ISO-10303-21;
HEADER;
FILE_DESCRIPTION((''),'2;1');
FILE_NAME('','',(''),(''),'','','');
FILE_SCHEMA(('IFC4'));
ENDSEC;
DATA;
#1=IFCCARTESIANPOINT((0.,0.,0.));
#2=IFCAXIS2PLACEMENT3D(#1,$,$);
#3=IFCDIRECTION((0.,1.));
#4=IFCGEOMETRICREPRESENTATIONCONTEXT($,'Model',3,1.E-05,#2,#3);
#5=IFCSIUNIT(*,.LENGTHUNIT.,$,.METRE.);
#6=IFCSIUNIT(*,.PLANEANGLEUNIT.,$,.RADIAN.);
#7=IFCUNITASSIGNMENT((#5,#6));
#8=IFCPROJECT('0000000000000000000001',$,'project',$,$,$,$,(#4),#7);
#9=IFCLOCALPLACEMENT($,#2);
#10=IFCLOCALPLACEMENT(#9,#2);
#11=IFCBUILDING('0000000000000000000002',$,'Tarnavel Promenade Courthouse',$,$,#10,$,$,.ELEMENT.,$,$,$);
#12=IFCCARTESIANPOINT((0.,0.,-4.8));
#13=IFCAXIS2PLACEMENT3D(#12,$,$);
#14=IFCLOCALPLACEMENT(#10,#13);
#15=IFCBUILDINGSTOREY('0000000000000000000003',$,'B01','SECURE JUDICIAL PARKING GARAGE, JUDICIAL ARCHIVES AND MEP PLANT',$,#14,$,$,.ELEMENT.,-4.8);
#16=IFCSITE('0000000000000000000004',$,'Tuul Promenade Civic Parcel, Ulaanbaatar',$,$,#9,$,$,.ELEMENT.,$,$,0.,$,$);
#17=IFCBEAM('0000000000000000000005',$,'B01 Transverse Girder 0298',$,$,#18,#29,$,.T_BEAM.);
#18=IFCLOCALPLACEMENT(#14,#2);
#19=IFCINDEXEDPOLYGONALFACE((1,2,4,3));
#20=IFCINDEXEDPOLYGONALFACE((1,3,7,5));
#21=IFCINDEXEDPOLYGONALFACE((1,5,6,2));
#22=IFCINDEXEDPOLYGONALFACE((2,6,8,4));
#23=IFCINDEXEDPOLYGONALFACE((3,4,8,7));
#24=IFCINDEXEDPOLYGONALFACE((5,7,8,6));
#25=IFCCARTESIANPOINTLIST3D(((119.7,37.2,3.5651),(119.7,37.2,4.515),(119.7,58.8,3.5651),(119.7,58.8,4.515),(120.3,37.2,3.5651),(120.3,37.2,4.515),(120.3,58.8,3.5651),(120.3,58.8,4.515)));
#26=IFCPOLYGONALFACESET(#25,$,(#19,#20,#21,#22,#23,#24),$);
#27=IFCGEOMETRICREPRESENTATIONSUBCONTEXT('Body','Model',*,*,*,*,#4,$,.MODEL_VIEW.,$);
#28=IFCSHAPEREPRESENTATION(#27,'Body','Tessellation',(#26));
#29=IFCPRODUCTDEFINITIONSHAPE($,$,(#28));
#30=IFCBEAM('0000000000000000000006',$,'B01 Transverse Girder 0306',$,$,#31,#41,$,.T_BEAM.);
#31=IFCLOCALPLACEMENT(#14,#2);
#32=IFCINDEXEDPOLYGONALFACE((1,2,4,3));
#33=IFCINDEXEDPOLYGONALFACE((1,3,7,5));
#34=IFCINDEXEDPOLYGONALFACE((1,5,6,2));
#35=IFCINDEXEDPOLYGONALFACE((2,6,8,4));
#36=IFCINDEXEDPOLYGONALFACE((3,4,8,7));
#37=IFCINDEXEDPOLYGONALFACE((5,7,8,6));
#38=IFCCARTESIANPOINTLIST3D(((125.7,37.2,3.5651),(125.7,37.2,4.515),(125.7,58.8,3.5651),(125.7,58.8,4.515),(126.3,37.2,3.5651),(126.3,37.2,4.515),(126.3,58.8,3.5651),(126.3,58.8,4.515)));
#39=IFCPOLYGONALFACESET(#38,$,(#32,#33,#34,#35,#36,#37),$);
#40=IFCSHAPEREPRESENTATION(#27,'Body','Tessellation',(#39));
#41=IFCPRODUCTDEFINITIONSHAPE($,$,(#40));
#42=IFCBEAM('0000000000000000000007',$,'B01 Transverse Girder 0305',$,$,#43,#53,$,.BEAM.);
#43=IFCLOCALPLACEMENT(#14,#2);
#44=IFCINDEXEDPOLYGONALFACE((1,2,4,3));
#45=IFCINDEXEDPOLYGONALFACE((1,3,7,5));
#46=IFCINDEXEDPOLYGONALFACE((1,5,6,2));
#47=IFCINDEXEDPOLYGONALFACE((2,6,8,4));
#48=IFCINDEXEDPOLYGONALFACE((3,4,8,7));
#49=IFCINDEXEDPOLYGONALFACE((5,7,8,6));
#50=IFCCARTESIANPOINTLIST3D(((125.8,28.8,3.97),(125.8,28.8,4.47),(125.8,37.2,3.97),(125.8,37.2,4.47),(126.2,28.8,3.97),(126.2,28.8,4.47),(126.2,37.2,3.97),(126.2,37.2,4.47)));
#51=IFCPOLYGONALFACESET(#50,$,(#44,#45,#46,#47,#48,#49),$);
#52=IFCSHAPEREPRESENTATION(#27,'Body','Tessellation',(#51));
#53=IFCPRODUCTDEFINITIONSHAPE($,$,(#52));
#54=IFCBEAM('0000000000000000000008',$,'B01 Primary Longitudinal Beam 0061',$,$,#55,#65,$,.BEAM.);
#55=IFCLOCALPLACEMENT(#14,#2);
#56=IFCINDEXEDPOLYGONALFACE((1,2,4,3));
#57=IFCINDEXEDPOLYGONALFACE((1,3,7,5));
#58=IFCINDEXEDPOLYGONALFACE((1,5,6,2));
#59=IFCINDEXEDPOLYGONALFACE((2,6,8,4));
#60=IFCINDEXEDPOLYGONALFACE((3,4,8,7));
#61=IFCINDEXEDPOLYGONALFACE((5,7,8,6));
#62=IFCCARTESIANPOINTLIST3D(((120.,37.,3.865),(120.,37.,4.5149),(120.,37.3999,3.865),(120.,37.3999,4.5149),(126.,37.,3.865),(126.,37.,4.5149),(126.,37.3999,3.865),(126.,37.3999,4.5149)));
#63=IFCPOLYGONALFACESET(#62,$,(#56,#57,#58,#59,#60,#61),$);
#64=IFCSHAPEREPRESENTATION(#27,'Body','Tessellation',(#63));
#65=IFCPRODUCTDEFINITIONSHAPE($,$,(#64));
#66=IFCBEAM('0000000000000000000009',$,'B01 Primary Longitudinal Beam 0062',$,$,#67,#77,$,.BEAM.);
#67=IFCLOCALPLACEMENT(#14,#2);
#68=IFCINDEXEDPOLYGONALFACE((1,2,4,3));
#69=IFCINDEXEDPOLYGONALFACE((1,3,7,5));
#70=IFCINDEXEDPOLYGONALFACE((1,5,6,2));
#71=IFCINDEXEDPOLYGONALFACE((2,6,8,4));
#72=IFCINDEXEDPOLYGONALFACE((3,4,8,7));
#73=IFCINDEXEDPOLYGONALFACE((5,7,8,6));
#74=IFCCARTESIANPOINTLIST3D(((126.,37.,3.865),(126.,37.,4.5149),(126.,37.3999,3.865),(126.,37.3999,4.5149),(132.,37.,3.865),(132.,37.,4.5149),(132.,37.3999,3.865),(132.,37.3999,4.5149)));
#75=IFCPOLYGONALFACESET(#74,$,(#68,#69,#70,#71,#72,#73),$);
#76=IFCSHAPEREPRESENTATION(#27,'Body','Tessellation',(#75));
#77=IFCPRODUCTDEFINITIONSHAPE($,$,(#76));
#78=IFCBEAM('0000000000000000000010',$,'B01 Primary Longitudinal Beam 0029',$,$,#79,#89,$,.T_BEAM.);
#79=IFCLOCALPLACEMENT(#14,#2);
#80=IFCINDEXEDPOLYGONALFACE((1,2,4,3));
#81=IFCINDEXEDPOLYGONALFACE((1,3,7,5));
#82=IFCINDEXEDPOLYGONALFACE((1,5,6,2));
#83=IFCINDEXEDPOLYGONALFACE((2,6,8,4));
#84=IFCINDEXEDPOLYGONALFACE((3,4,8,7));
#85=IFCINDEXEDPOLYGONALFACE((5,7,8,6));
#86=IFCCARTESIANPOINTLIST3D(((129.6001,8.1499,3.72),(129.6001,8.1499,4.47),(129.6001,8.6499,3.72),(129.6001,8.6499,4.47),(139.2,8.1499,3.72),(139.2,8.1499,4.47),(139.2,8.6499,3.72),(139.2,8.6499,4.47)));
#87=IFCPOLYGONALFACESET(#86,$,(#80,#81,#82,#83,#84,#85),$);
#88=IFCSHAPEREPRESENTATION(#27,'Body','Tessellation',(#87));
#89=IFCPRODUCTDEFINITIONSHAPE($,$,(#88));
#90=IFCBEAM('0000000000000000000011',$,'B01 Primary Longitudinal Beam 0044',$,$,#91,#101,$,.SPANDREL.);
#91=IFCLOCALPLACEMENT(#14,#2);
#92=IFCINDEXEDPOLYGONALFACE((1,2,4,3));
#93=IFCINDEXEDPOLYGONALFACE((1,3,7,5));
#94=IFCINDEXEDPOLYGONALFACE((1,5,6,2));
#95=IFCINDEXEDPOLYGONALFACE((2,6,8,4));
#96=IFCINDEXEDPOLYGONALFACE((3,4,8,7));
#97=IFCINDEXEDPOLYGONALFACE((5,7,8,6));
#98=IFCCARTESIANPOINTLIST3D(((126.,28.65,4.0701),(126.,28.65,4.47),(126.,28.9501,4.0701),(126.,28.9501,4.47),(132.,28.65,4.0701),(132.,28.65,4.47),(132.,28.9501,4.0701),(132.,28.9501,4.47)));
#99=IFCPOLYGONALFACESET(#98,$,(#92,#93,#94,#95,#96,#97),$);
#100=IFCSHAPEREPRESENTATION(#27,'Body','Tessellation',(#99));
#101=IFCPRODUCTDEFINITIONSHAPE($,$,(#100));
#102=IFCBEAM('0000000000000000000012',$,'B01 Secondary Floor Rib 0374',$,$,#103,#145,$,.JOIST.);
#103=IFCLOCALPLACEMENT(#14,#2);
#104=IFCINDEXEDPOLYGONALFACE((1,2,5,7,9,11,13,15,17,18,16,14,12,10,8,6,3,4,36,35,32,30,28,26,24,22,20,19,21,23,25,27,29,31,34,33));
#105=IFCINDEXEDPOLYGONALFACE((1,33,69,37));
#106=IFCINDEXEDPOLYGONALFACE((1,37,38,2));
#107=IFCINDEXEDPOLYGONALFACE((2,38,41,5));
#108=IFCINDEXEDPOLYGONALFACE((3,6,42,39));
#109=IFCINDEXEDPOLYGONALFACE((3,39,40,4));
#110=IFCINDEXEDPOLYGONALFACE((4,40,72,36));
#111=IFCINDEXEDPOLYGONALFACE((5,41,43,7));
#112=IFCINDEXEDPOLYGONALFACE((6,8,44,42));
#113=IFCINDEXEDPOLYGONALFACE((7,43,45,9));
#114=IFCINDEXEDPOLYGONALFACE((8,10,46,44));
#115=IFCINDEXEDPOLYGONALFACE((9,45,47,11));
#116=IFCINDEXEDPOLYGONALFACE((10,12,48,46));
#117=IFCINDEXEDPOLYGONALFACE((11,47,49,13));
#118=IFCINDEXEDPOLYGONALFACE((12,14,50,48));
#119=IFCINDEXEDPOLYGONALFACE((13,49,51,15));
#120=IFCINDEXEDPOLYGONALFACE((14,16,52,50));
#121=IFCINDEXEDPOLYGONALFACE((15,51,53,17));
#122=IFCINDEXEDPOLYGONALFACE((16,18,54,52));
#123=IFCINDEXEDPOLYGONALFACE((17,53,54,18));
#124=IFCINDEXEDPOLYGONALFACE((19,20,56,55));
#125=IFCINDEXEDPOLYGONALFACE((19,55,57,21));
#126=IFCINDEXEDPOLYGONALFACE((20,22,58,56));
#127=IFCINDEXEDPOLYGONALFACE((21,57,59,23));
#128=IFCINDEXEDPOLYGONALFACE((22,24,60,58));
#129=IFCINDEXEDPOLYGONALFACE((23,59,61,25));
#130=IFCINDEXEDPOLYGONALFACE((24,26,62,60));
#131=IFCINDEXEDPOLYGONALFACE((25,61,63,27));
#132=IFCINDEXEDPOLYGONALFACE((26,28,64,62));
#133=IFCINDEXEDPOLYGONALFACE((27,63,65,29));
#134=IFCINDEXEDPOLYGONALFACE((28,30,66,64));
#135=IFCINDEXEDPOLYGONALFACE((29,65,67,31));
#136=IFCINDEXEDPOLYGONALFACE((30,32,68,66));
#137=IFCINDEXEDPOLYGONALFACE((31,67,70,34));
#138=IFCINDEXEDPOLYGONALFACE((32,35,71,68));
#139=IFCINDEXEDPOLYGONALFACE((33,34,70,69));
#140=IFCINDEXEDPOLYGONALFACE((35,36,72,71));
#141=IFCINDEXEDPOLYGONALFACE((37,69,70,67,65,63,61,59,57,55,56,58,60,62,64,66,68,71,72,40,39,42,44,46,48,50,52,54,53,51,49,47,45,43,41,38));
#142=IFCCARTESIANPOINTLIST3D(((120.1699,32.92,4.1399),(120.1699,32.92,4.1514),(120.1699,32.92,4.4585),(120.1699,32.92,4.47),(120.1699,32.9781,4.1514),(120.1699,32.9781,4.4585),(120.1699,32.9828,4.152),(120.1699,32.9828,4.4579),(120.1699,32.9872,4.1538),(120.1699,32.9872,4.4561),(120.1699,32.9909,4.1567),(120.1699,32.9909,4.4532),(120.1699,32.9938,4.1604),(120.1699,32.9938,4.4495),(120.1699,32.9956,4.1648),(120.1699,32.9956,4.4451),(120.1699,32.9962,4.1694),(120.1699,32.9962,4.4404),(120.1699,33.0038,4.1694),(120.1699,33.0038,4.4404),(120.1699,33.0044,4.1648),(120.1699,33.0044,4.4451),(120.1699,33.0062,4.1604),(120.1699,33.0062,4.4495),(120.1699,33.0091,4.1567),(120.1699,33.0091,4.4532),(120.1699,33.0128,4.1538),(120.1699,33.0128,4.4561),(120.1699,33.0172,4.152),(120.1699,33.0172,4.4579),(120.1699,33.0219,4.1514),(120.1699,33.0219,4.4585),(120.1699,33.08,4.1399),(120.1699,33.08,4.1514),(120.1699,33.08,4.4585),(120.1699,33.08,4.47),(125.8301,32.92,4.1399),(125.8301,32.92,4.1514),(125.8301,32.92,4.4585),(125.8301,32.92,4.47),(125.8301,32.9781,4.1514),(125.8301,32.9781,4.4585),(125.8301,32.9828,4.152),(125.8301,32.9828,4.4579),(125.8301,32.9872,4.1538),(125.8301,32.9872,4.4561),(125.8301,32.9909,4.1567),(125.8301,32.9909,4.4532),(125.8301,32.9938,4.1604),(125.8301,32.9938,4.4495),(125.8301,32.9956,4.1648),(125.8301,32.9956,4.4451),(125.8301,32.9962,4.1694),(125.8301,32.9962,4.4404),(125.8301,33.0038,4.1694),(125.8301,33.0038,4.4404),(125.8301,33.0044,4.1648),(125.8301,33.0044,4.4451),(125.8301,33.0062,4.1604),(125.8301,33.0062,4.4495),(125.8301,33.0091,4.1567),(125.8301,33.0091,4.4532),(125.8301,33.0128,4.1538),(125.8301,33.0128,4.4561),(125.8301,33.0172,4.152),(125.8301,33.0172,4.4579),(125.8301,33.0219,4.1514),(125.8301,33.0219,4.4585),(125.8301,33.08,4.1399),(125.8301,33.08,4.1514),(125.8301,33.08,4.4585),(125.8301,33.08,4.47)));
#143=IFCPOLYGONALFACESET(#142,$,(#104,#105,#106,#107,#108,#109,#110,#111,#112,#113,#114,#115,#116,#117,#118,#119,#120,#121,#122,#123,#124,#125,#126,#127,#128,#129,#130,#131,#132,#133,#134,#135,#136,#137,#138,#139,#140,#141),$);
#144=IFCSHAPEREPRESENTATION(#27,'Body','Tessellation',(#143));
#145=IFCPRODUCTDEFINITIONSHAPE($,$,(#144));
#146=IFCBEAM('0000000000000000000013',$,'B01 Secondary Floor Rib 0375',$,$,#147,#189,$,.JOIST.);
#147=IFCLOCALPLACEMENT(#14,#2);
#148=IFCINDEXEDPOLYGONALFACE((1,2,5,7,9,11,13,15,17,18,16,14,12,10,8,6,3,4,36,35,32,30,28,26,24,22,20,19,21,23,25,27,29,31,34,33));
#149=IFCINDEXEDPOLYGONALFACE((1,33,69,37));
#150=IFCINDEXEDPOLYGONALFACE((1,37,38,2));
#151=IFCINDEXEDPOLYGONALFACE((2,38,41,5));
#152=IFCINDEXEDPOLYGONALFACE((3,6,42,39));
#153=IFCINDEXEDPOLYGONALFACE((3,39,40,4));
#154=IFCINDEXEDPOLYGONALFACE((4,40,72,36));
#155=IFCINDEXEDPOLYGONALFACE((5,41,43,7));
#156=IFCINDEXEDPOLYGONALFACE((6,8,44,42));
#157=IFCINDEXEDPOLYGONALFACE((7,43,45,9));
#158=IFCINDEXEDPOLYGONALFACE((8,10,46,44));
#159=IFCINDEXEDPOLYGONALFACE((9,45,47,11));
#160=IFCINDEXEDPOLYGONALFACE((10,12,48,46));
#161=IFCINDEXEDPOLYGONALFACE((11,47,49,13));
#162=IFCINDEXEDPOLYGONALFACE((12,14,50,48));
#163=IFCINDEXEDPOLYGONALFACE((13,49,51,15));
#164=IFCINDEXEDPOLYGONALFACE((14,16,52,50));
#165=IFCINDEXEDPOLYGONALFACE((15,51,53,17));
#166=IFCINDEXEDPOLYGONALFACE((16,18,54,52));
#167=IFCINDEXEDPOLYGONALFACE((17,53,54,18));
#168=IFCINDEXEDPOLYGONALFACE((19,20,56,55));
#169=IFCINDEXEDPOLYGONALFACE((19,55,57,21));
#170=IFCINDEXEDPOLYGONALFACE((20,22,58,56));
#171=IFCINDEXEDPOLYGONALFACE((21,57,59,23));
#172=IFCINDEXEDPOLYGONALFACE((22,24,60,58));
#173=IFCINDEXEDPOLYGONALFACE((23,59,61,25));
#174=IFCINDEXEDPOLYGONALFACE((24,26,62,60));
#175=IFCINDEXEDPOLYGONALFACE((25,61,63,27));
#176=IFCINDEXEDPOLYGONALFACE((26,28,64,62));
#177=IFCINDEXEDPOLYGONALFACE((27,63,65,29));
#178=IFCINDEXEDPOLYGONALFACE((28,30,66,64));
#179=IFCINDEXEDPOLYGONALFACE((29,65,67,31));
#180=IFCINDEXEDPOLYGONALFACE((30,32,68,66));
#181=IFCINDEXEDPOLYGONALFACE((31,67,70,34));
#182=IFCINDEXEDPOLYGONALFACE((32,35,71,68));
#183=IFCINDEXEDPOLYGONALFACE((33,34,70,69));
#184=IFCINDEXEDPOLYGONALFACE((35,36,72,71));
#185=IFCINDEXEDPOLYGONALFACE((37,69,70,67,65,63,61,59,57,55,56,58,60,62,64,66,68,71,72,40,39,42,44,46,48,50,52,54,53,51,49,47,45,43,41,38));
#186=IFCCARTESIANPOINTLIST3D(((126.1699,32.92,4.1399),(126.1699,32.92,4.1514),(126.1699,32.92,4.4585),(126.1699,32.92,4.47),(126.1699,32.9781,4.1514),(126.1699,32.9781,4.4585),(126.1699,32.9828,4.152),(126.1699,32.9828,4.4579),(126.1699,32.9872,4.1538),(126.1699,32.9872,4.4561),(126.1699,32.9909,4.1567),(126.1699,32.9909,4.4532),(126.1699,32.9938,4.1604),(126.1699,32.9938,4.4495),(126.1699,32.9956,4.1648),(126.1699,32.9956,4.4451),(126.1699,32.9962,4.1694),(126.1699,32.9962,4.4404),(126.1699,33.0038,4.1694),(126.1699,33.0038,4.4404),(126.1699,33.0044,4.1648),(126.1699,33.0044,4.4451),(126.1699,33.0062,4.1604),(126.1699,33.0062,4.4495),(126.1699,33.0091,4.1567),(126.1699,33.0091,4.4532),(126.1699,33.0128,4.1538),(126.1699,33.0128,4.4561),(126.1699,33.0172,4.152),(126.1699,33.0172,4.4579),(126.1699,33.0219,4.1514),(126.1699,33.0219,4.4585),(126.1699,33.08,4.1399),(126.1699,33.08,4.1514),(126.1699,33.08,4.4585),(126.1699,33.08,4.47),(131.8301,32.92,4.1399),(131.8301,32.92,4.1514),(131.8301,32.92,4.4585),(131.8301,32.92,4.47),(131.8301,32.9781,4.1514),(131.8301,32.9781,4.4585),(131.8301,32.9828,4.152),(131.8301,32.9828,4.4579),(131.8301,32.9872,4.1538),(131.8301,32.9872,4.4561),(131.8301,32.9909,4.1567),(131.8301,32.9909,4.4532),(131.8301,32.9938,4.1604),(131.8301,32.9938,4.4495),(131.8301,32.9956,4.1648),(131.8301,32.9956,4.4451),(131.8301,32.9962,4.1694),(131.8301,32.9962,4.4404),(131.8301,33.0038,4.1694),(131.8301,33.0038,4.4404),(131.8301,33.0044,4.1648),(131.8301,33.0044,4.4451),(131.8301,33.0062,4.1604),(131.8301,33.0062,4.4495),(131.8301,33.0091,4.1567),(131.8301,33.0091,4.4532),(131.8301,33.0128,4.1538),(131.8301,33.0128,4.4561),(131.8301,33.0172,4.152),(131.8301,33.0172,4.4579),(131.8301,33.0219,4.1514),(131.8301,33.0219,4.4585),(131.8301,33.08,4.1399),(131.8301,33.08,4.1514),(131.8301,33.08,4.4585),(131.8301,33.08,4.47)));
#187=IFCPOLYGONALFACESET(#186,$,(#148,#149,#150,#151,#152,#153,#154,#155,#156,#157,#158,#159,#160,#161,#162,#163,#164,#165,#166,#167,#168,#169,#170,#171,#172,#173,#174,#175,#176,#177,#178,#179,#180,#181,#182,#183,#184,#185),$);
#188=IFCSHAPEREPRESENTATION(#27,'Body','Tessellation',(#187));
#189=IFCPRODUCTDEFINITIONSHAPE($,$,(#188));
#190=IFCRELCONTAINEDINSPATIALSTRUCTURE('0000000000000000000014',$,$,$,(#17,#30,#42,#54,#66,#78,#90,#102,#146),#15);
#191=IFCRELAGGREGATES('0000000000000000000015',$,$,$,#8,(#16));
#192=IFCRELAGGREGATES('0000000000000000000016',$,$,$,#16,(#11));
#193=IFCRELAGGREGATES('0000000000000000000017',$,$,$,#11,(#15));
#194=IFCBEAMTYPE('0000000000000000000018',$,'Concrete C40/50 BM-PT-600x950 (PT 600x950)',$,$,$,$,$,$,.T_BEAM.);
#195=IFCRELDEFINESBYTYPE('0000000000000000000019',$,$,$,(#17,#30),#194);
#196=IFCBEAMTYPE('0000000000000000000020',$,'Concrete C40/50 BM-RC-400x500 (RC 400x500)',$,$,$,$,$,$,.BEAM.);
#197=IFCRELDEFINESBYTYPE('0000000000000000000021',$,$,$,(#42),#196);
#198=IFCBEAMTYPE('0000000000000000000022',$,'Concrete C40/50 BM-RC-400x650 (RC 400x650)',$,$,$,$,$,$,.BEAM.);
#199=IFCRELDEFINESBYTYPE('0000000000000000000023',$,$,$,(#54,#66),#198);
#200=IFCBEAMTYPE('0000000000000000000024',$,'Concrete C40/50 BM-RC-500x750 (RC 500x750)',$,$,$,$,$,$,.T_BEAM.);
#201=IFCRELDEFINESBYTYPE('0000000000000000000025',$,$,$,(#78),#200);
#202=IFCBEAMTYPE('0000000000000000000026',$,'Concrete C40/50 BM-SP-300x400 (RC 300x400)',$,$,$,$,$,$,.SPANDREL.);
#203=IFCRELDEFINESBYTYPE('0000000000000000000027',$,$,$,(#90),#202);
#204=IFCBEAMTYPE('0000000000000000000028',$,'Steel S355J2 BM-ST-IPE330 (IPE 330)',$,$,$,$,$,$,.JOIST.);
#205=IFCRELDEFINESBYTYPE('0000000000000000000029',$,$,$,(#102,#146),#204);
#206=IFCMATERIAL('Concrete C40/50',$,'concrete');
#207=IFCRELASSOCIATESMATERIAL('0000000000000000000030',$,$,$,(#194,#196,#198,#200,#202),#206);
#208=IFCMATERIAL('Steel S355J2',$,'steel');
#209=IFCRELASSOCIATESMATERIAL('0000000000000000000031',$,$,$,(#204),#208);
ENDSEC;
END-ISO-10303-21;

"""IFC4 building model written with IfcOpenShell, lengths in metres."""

from ifc_helpers import new_model, si_unit, direction, frame, origin, origin_2d, place, context, subcontext, project, spatial, rectangle, i_section, extrude, material, material_profile, profile_set, type_object, element, save


model = new_model("IFC4")

# Units and contexts
model_context = context("Model", 3, precision=1e-05, world=origin(), true_north=direction((0.0, 1.0)))
body_context = subcontext(model_context, "Body", "Model", "MODEL_VIEW")
ifc_project = project(units=[si_unit("LENGTHUNIT", "METRE"), si_unit("PLANEANGLEUNIT", "RADIAN")], contexts=[model_context])

# Site, building, storey
site_placement = place(None, origin())
site = spatial("IfcSite", under=ifc_project, at=site_placement, Name="Tuul Promenade Civic Parcel, Ulaanbaatar", CompositionType="ELEMENT", RefElevation=0.0)
building_placement = place(site_placement, origin())
building = spatial("IfcBuilding", under=site, at=building_placement, Name="Tarnavel Promenade Courthouse", CompositionType="ELEMENT")
storey_placement = place(building_placement, frame((0.0, 0.0, -4.8)))
storey = spatial("IfcBuildingStorey", under=building, at=storey_placement, Name="B01", Description="SECURE JUDICIAL PARKING GARAGE, JUDICIAL ARCHIVES AND MEP PLANT", CompositionType="ELEMENT", Elevation=-4.8)

# Shared definitions
ifc_material_1 = material(Name="Concrete C40/50", Category="concrete")

# Beams
ifc_material_profile_1 = material_profile(ifc_material_1, rectangle(XDim=0.6001, YDim=0.95, at=origin_2d()), Name="PT 600x950")
ifc_profile_set_1 = profile_set([ifc_material_profile_1], Name="Concrete C40/50")
beam_type_1 = type_object("IfcBeamType", Name="Concrete C40/50 BM-PT-600x950 (PT 600x950)", PredefinedType="T_BEAM", material=ifc_profile_set_1)
for number, where, z_axis, x_axis, name in (
    (1, (120.0, 37.2, 4.04), (0.0, 1.0, 0.0), (-1.0, 0.0, 0.0), "B01 Transverse Girder 0298"),
    (2, (126.0, 37.2, 4.04), (0.0, 1.0, 0.0), (-1.0, 0.0, 0.0), "B01 Transverse Girder 0306"),
):
    element("IfcBeam", number, at=place(storey_placement, frame(where, z_axis=z_axis, x_axis=x_axis)), inside=storey, type_object=beam_type_1, Name=name, PredefinedType="T_BEAM", context=body_context, shape_type="SweptSolid", body=[
        extrude(rectangle(XDim=0.6001, YDim=0.95, at=origin_2d()), origin(), (0.0, 0.0, 1.0), 21.6001),
    ])
ifc_material_profile_2 = material_profile(ifc_material_1, rectangle(XDim=0.3999, YDim=0.5, at=origin_2d()), Name="RC 400x500")
ifc_profile_set_2 = profile_set([ifc_material_profile_2], Name="Concrete C40/50")
beam_type_2 = type_object("IfcBeamType", Name="Concrete C40/50 BM-RC-400x500 (RC 400x500)", PredefinedType="BEAM", material=ifc_profile_set_2)
beam_1_placement = place(storey_placement, frame((126.0, 28.8, 4.22), z_axis=(0.0, 1.0, 0.0), x_axis=(-1.0, 0.0, 0.0)))
element("IfcBeam", 3, at=beam_1_placement, inside=storey, type_object=beam_type_2, Name="B01 Transverse Girder 0305", PredefinedType="BEAM", context=body_context, shape_type="SweptSolid", body=[
    extrude(rectangle(XDim=0.3999, YDim=0.5, at=origin_2d()), origin(), (0.0, 0.0, 1.0), 8.3999),
])
ifc_material_profile_3 = material_profile(ifc_material_1, rectangle(XDim=0.3999, YDim=0.6499, at=origin_2d()), Name="RC 400x650")
ifc_profile_set_3 = profile_set([ifc_material_profile_3], Name="Concrete C40/50")
beam_type_3 = type_object("IfcBeamType", Name="Concrete C40/50 BM-RC-400x650 (RC 400x650)", PredefinedType="BEAM", material=ifc_profile_set_3)
for number, where, z_axis, x_axis, name in (
    (4, (120.0, 37.2, 4.1899), (1.0, 0.0, 0.0), (0.0, 1.0, 0.0), "B01 Primary Longitudinal Beam 0061"),
    (5, (126.0, 37.2, 4.1899), (1.0, 0.0, 0.0), (0.0, 1.0, 0.0), "B01 Primary Longitudinal Beam 0062"),
):
    element("IfcBeam", number, at=place(storey_placement, frame(where, z_axis=z_axis, x_axis=x_axis)), inside=storey, type_object=beam_type_3, Name=name, PredefinedType="BEAM", context=body_context, shape_type="SweptSolid", body=[
        extrude(rectangle(XDim=0.3999, YDim=0.6499, at=origin_2d()), origin(), (0.0, 0.0, 1.0), 6.0),
    ])
ifc_material_profile_4 = material_profile(ifc_material_1, rectangle(XDim=0.5, YDim=0.75, at=origin_2d()), Name="RC 500x750")
ifc_profile_set_4 = profile_set([ifc_material_profile_4], Name="Concrete C40/50")
beam_type_4 = type_object("IfcBeamType", Name="Concrete C40/50 BM-RC-500x750 (RC 500x750)", PredefinedType="T_BEAM", material=ifc_profile_set_4)
beam_2_placement = place(storey_placement, frame((129.6001, 8.3999, 4.095), z_axis=(1.0, 0.0, 0.0), x_axis=(0.0, 1.0, 0.0)))
element("IfcBeam", 6, at=beam_2_placement, inside=storey, type_object=beam_type_4, Name="B01 Primary Longitudinal Beam 0029", PredefinedType="T_BEAM", context=body_context, shape_type="SweptSolid", body=[
    extrude(rectangle(XDim=0.5, YDim=0.75, at=origin_2d()), origin(), (0.0, 0.0, 1.0), 9.5999),
])
ifc_material_profile_5 = material_profile(ifc_material_1, rectangle(XDim=0.3, YDim=0.3999, at=origin_2d()), Name="RC 300x400")
ifc_profile_set_5 = profile_set([ifc_material_profile_5], Name="Concrete C40/50")
beam_type_5 = type_object("IfcBeamType", Name="Concrete C40/50 BM-SP-300x400 (RC 300x400)", PredefinedType="SPANDREL", material=ifc_profile_set_5)
beam_3_placement = place(storey_placement, frame((126.0, 28.8, 4.27), z_axis=(1.0, 0.0, 0.0), x_axis=(0.0, 1.0, 0.0)))
element("IfcBeam", 7, at=beam_3_placement, inside=storey, type_object=beam_type_5, Name="B01 Primary Longitudinal Beam 0044", PredefinedType="SPANDREL", context=body_context, shape_type="SweptSolid", body=[
    extrude(rectangle(XDim=0.3, YDim=0.3999, at=origin_2d()), origin(), (0.0, 0.0, 1.0), 6.0),
])
ifc_material_2 = material(Name="Steel S355J2", Category="steel")
ifc_material_profile_6 = material_profile(ifc_material_2, i_section(OverallWidth=0.1599, OverallDepth=0.3301, WebThickness=0.0076, FlangeThickness=0.0115, FilletRadius=0.0181, at=origin_2d()), Name="IPE 330")
ifc_profile_set_6 = profile_set([ifc_material_profile_6], Name="Steel S355J2")
beam_type_6 = type_object("IfcBeamType", Name="Steel S355J2 BM-ST-IPE330 (IPE 330)", PredefinedType="JOIST", material=ifc_profile_set_6)
for number, where, z_axis, x_axis, name in (
    (8, (120.1699, 33.0, 4.3049), (1.0, 0.0, 0.0), (0.0, 1.0, 0.0), "B01 Secondary Floor Rib 0374"),
    (9, (126.1699, 33.0, 4.3049), (1.0, 0.0, 0.0), (0.0, 1.0, 0.0), "B01 Secondary Floor Rib 0375"),
):
    element("IfcBeam", number, at=place(storey_placement, frame(where, z_axis=z_axis, x_axis=x_axis)), inside=storey, type_object=beam_type_6, Name=name, PredefinedType="JOIST", context=body_context, shape_type="SweptSolid", body=[
        extrude(i_section(OverallWidth=0.1599, OverallDepth=0.3301, WebThickness=0.0076, FlangeThickness=0.0115, FilletRadius=0.0181, at=origin_2d()), origin(), (0.0, 0.0, 1.0), 5.6602),
    ])

save(model, "model.ifc")
